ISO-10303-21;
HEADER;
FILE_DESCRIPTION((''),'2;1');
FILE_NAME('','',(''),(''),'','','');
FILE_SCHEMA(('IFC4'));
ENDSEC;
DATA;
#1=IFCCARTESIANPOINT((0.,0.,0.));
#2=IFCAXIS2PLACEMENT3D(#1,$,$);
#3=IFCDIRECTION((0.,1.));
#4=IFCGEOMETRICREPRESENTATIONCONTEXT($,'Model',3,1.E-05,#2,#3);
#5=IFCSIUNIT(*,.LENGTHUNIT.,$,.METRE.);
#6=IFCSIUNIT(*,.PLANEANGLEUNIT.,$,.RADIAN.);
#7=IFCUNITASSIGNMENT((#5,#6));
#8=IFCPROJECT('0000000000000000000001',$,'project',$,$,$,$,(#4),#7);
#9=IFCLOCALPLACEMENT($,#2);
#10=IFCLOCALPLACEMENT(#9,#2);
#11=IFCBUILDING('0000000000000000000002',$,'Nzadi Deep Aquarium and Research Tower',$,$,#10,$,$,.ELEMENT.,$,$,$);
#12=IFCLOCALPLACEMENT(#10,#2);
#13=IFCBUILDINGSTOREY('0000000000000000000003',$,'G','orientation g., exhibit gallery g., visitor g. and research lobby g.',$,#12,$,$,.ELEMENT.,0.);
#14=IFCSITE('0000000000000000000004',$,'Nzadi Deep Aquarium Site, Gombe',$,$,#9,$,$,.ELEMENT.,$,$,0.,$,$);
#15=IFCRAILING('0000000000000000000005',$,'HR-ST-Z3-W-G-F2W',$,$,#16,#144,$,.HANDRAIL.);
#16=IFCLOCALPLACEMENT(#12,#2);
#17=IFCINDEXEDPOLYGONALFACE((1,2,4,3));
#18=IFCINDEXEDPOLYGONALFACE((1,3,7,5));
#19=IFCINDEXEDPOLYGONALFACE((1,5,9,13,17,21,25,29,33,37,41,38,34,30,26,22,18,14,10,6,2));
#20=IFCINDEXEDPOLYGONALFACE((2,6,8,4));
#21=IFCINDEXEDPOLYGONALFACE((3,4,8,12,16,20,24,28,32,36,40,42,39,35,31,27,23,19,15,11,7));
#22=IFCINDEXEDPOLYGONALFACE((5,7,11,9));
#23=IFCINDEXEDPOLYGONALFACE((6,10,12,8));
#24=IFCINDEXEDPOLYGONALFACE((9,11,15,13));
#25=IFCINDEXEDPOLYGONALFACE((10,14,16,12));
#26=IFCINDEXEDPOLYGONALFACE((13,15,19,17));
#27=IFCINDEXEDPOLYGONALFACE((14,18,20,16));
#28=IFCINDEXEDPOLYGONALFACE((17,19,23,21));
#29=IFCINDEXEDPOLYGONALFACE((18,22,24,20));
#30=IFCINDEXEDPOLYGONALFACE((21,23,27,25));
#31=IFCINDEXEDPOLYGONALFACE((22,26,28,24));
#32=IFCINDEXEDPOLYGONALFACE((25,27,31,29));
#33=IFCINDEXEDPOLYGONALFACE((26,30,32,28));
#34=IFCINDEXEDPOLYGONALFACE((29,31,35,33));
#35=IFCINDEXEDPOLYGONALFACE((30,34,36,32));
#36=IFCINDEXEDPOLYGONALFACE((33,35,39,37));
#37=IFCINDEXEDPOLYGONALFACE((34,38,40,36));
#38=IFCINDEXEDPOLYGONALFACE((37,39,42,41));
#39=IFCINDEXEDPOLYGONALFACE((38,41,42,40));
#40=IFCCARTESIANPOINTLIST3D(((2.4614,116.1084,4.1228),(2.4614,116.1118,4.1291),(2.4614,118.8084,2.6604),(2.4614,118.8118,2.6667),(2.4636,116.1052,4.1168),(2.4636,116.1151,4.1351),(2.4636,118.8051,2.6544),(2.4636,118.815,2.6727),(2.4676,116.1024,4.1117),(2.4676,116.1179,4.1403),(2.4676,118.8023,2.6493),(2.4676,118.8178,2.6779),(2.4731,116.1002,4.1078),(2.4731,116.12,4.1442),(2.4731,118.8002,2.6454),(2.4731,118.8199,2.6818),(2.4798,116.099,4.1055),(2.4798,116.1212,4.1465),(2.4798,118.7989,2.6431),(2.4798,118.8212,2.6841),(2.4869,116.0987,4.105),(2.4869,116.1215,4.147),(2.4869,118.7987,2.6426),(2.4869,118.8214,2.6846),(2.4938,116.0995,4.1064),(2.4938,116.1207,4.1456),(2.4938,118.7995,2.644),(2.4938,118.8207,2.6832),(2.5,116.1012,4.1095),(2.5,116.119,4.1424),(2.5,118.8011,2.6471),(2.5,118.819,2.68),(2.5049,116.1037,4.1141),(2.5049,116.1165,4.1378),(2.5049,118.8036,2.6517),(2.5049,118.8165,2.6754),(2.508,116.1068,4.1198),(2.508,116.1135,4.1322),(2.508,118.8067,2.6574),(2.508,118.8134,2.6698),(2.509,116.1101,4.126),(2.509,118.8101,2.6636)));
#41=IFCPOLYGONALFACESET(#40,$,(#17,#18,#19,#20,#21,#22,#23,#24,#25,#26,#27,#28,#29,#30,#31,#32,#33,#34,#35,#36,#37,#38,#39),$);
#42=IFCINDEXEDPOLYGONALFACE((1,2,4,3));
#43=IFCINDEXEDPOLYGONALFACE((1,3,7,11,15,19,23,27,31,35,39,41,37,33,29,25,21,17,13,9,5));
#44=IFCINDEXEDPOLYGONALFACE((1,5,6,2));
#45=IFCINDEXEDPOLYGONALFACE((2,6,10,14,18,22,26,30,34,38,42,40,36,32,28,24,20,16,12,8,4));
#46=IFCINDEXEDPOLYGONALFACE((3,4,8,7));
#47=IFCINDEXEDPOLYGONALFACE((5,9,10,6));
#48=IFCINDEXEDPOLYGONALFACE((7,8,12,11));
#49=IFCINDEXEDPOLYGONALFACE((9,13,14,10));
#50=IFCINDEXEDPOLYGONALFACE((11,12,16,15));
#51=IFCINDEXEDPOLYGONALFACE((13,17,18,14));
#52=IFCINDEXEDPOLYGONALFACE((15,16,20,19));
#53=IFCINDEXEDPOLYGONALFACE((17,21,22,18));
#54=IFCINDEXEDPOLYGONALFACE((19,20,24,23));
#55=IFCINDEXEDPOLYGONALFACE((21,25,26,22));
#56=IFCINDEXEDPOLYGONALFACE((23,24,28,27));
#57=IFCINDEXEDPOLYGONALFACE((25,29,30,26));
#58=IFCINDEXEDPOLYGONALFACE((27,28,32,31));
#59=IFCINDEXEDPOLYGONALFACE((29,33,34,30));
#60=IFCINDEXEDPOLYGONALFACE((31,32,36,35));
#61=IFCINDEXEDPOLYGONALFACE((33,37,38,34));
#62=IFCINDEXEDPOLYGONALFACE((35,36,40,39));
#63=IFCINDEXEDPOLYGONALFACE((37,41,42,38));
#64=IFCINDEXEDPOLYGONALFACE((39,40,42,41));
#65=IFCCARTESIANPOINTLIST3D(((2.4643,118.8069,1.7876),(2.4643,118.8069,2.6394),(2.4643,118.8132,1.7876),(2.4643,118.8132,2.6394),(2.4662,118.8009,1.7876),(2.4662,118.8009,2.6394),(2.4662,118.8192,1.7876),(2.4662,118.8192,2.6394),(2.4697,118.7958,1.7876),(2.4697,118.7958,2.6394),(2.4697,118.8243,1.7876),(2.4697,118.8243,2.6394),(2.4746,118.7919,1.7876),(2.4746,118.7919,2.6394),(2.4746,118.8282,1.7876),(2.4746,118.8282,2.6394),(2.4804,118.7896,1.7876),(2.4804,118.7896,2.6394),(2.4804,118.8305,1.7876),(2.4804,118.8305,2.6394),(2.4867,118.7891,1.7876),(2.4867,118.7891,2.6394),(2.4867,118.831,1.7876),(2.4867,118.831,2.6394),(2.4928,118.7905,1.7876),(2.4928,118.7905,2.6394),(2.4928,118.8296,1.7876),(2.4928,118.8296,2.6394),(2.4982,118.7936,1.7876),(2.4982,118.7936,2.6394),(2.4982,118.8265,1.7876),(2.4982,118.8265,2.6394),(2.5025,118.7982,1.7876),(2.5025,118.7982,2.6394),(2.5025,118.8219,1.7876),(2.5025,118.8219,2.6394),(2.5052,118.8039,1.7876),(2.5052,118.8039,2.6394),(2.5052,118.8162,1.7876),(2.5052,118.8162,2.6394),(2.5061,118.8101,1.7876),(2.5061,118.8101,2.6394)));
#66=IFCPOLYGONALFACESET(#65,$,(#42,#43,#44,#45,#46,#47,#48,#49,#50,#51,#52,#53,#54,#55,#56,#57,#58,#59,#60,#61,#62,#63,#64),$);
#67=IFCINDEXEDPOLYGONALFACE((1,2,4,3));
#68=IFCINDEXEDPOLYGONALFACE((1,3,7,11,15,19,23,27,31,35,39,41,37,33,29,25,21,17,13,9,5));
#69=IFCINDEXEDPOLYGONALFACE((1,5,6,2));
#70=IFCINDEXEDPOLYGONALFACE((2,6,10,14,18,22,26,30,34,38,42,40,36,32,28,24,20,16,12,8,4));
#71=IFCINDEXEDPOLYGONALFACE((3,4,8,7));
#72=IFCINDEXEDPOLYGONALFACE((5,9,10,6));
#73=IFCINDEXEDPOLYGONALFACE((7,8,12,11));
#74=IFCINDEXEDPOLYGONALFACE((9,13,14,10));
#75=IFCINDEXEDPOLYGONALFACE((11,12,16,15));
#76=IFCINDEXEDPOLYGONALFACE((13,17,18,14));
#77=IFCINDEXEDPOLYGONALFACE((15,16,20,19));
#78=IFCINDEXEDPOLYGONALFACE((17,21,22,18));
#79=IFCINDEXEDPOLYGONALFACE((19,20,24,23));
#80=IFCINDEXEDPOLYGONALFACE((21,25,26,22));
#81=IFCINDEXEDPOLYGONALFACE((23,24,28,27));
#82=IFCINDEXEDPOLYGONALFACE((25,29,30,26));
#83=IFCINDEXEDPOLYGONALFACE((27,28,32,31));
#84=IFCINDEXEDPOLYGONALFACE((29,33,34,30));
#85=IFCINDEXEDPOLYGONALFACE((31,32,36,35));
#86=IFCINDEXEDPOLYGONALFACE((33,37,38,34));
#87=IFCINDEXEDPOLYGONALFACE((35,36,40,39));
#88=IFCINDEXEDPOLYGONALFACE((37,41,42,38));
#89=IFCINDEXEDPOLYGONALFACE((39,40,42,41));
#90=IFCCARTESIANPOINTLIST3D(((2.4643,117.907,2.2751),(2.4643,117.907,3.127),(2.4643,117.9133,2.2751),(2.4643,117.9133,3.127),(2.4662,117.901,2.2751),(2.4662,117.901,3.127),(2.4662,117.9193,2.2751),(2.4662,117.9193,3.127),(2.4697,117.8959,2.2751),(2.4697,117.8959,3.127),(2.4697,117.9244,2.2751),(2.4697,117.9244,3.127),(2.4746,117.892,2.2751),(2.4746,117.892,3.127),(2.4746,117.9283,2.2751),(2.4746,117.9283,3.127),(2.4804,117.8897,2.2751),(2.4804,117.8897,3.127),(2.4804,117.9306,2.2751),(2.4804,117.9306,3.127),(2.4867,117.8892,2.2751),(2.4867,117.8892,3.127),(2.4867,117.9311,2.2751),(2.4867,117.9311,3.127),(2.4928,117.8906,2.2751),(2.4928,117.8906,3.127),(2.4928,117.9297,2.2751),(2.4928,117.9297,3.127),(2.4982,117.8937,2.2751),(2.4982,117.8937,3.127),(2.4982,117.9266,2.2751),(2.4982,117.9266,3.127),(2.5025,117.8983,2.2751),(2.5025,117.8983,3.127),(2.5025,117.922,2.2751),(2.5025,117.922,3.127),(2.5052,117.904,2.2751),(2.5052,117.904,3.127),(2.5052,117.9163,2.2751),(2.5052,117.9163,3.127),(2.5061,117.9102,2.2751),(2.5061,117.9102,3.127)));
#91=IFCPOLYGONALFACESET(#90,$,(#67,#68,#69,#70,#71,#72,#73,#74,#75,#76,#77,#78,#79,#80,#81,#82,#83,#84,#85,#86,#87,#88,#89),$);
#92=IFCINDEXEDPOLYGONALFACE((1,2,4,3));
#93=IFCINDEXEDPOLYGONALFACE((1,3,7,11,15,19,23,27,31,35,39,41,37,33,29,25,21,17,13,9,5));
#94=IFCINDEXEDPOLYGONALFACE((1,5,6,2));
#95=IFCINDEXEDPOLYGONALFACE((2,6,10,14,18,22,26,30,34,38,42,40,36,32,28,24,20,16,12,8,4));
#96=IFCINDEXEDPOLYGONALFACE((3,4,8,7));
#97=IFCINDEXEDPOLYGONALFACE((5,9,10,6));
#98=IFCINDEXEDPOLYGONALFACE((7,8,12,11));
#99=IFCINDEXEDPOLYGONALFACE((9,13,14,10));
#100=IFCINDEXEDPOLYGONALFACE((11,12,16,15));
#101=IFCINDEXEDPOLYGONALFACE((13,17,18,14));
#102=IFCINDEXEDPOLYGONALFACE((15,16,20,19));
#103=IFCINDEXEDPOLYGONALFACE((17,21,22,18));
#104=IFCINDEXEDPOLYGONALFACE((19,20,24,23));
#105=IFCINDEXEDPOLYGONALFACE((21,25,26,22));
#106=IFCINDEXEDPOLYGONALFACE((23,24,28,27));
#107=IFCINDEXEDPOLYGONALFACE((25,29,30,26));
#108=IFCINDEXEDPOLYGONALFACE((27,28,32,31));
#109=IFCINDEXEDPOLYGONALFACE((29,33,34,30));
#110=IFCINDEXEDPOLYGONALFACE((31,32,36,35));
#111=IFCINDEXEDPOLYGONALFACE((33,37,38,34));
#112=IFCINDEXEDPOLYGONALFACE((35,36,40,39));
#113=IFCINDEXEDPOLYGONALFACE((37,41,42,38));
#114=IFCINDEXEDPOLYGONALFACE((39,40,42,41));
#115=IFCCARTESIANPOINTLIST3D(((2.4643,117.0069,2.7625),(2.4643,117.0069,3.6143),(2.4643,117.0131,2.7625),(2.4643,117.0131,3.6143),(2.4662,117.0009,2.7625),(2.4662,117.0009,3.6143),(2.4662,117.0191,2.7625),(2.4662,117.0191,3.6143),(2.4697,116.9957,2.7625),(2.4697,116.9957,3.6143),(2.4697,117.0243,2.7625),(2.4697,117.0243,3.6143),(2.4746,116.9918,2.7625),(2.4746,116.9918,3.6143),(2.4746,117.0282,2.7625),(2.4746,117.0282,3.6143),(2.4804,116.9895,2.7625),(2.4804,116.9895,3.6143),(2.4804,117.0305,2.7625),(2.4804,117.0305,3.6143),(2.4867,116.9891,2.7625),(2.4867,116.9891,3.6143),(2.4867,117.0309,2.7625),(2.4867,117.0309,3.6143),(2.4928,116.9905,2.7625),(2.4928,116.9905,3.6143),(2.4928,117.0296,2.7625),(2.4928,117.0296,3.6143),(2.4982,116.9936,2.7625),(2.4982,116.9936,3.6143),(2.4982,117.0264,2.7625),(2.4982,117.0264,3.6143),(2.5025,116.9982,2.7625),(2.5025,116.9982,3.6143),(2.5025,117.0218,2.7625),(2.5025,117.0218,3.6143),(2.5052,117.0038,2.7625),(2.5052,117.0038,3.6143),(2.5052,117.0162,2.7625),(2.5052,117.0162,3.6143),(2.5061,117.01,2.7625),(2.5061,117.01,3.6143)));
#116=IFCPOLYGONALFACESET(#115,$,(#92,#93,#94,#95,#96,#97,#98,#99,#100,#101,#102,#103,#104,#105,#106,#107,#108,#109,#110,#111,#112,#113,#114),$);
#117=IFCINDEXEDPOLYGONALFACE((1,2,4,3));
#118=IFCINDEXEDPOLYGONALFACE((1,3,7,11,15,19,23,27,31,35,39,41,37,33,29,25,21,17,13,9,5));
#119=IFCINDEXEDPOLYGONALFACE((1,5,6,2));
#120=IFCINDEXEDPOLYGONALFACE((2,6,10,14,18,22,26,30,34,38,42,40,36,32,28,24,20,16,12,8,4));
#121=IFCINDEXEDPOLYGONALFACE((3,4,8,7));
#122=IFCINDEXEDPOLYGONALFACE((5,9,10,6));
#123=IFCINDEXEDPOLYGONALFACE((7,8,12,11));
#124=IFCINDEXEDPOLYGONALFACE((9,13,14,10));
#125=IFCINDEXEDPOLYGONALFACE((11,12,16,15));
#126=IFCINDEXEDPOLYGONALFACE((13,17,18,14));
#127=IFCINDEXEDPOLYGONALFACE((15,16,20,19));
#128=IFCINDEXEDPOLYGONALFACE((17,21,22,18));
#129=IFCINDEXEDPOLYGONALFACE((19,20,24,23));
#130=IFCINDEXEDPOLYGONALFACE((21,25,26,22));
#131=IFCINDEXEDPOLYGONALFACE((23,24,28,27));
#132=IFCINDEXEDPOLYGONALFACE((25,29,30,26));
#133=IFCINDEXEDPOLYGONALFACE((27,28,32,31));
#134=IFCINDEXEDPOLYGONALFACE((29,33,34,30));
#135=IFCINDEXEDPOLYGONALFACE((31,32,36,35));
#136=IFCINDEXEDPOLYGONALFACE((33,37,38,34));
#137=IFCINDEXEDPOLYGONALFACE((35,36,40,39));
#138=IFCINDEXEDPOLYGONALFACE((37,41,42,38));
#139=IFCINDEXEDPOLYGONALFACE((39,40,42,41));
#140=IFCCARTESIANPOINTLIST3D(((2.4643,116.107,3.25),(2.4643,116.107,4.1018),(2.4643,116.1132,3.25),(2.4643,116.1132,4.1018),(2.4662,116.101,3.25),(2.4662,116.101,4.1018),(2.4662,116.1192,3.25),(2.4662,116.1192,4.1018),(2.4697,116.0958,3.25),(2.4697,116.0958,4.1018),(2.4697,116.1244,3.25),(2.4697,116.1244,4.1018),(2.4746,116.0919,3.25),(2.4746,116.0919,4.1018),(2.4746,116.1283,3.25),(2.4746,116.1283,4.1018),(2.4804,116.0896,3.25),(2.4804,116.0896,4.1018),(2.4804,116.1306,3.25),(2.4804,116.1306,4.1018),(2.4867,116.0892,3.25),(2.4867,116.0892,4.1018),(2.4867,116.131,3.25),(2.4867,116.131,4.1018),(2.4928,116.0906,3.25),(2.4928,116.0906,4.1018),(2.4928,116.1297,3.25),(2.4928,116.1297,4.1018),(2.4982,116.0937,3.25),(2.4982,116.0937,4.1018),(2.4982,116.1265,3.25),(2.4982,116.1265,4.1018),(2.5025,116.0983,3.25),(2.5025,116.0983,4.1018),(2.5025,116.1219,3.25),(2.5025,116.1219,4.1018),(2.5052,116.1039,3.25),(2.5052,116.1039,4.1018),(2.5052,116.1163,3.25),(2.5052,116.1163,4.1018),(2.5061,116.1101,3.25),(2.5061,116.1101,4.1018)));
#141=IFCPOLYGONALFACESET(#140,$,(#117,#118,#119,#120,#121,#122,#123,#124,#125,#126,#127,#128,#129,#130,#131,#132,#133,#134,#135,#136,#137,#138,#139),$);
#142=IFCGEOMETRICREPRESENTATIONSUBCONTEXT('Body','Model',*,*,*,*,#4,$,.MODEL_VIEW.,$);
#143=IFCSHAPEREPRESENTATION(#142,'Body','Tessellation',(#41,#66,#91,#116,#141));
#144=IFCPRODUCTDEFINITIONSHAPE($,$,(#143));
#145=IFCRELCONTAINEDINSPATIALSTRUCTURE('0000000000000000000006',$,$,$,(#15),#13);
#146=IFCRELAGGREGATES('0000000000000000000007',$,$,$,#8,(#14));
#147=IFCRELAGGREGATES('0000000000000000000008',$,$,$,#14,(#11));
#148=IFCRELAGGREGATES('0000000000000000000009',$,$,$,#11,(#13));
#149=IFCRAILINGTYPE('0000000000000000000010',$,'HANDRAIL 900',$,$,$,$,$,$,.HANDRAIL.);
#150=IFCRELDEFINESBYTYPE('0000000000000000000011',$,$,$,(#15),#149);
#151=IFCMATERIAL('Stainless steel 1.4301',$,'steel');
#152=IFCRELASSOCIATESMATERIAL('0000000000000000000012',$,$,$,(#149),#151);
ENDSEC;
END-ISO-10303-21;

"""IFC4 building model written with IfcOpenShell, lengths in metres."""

from ifc_helpers import new_model, si_unit, direction, frame, origin, origin_2d, place, context, subcontext, project, spatial, circle, extrude, material, type_object, element, save


model = new_model("IFC4")

# Units and contexts
model_context = context("Model", 3, precision=1e-05, world=origin(), true_north=direction((0.0, 1.0)))
body_context = subcontext(model_context, "Body", "Model", "MODEL_VIEW")
ifc_project = project(units=[si_unit("LENGTHUNIT", "METRE"), si_unit("PLANEANGLEUNIT", "RADIAN")], contexts=[model_context])

# Site, building, storey
site_placement = place(None, origin())
site = spatial("IfcSite", under=ifc_project, at=site_placement, Name="Nzadi Deep Aquarium Site, Gombe", CompositionType="ELEMENT", RefElevation=0.0)
building_placement = place(site_placement, origin())
building = spatial("IfcBuilding", under=site, at=building_placement, Name="Nzadi Deep Aquarium and Research Tower", CompositionType="ELEMENT")
storey_placement = place(building_placement, origin())
storey = spatial("IfcBuildingStorey", under=building, at=storey_placement, Name="G", Description="orientation g., exhibit gallery g., visitor g. and research lobby g.", CompositionType="ELEMENT", Elevation=0.0)

# Railing
ifc_material_1 = material(Name="Stainless steel 1.4301", Category="steel")
railing_type = type_object("IfcRailingType", Name="HANDRAIL 900", PredefinedType="HANDRAIL", material=ifc_material_1)
for number, where, name in (
    (1, (2.4851, 118.8101, 1.7876), "HR-ST-Z3-W-G-F2W"),
):
    element("IfcRailing", number, at=place(storey_placement, frame(where)), inside=storey, type_object=railing_type, Name=name, PredefinedType="HANDRAIL", context=body_context, shape_type="SweptSolid", body=[
        extrude(circle(Radius=0.0239, at=origin_2d()), frame((0.0, 0.0, 0.876), z_axis=(0.0, -0.879302, 0.476265), x_axis=(1.0, 0.0, 0.0)), (0.0, 0.0, 1.0), 3.0706),
        extrude(circle(Radius=0.021, at=origin_2d()), origin(), (0.0, 0.0, 1.0), 0.8518),
        extrude(circle(Radius=0.021, at=origin_2d()), frame((0.0, -0.8999, 0.4875)), (0.0, 0.0, 1.0), 0.8518),
        extrude(circle(Radius=0.021, at=origin_2d()), frame((0.0, -1.8, 0.9749)), (0.0, 0.0, 1.0), 0.8518),
        extrude(circle(Radius=0.021, at=origin_2d()), frame((0.0, -2.7, 1.4624)), (0.0, 0.0, 1.0), 0.8518),
    ])

save(model, "model.ifc")
